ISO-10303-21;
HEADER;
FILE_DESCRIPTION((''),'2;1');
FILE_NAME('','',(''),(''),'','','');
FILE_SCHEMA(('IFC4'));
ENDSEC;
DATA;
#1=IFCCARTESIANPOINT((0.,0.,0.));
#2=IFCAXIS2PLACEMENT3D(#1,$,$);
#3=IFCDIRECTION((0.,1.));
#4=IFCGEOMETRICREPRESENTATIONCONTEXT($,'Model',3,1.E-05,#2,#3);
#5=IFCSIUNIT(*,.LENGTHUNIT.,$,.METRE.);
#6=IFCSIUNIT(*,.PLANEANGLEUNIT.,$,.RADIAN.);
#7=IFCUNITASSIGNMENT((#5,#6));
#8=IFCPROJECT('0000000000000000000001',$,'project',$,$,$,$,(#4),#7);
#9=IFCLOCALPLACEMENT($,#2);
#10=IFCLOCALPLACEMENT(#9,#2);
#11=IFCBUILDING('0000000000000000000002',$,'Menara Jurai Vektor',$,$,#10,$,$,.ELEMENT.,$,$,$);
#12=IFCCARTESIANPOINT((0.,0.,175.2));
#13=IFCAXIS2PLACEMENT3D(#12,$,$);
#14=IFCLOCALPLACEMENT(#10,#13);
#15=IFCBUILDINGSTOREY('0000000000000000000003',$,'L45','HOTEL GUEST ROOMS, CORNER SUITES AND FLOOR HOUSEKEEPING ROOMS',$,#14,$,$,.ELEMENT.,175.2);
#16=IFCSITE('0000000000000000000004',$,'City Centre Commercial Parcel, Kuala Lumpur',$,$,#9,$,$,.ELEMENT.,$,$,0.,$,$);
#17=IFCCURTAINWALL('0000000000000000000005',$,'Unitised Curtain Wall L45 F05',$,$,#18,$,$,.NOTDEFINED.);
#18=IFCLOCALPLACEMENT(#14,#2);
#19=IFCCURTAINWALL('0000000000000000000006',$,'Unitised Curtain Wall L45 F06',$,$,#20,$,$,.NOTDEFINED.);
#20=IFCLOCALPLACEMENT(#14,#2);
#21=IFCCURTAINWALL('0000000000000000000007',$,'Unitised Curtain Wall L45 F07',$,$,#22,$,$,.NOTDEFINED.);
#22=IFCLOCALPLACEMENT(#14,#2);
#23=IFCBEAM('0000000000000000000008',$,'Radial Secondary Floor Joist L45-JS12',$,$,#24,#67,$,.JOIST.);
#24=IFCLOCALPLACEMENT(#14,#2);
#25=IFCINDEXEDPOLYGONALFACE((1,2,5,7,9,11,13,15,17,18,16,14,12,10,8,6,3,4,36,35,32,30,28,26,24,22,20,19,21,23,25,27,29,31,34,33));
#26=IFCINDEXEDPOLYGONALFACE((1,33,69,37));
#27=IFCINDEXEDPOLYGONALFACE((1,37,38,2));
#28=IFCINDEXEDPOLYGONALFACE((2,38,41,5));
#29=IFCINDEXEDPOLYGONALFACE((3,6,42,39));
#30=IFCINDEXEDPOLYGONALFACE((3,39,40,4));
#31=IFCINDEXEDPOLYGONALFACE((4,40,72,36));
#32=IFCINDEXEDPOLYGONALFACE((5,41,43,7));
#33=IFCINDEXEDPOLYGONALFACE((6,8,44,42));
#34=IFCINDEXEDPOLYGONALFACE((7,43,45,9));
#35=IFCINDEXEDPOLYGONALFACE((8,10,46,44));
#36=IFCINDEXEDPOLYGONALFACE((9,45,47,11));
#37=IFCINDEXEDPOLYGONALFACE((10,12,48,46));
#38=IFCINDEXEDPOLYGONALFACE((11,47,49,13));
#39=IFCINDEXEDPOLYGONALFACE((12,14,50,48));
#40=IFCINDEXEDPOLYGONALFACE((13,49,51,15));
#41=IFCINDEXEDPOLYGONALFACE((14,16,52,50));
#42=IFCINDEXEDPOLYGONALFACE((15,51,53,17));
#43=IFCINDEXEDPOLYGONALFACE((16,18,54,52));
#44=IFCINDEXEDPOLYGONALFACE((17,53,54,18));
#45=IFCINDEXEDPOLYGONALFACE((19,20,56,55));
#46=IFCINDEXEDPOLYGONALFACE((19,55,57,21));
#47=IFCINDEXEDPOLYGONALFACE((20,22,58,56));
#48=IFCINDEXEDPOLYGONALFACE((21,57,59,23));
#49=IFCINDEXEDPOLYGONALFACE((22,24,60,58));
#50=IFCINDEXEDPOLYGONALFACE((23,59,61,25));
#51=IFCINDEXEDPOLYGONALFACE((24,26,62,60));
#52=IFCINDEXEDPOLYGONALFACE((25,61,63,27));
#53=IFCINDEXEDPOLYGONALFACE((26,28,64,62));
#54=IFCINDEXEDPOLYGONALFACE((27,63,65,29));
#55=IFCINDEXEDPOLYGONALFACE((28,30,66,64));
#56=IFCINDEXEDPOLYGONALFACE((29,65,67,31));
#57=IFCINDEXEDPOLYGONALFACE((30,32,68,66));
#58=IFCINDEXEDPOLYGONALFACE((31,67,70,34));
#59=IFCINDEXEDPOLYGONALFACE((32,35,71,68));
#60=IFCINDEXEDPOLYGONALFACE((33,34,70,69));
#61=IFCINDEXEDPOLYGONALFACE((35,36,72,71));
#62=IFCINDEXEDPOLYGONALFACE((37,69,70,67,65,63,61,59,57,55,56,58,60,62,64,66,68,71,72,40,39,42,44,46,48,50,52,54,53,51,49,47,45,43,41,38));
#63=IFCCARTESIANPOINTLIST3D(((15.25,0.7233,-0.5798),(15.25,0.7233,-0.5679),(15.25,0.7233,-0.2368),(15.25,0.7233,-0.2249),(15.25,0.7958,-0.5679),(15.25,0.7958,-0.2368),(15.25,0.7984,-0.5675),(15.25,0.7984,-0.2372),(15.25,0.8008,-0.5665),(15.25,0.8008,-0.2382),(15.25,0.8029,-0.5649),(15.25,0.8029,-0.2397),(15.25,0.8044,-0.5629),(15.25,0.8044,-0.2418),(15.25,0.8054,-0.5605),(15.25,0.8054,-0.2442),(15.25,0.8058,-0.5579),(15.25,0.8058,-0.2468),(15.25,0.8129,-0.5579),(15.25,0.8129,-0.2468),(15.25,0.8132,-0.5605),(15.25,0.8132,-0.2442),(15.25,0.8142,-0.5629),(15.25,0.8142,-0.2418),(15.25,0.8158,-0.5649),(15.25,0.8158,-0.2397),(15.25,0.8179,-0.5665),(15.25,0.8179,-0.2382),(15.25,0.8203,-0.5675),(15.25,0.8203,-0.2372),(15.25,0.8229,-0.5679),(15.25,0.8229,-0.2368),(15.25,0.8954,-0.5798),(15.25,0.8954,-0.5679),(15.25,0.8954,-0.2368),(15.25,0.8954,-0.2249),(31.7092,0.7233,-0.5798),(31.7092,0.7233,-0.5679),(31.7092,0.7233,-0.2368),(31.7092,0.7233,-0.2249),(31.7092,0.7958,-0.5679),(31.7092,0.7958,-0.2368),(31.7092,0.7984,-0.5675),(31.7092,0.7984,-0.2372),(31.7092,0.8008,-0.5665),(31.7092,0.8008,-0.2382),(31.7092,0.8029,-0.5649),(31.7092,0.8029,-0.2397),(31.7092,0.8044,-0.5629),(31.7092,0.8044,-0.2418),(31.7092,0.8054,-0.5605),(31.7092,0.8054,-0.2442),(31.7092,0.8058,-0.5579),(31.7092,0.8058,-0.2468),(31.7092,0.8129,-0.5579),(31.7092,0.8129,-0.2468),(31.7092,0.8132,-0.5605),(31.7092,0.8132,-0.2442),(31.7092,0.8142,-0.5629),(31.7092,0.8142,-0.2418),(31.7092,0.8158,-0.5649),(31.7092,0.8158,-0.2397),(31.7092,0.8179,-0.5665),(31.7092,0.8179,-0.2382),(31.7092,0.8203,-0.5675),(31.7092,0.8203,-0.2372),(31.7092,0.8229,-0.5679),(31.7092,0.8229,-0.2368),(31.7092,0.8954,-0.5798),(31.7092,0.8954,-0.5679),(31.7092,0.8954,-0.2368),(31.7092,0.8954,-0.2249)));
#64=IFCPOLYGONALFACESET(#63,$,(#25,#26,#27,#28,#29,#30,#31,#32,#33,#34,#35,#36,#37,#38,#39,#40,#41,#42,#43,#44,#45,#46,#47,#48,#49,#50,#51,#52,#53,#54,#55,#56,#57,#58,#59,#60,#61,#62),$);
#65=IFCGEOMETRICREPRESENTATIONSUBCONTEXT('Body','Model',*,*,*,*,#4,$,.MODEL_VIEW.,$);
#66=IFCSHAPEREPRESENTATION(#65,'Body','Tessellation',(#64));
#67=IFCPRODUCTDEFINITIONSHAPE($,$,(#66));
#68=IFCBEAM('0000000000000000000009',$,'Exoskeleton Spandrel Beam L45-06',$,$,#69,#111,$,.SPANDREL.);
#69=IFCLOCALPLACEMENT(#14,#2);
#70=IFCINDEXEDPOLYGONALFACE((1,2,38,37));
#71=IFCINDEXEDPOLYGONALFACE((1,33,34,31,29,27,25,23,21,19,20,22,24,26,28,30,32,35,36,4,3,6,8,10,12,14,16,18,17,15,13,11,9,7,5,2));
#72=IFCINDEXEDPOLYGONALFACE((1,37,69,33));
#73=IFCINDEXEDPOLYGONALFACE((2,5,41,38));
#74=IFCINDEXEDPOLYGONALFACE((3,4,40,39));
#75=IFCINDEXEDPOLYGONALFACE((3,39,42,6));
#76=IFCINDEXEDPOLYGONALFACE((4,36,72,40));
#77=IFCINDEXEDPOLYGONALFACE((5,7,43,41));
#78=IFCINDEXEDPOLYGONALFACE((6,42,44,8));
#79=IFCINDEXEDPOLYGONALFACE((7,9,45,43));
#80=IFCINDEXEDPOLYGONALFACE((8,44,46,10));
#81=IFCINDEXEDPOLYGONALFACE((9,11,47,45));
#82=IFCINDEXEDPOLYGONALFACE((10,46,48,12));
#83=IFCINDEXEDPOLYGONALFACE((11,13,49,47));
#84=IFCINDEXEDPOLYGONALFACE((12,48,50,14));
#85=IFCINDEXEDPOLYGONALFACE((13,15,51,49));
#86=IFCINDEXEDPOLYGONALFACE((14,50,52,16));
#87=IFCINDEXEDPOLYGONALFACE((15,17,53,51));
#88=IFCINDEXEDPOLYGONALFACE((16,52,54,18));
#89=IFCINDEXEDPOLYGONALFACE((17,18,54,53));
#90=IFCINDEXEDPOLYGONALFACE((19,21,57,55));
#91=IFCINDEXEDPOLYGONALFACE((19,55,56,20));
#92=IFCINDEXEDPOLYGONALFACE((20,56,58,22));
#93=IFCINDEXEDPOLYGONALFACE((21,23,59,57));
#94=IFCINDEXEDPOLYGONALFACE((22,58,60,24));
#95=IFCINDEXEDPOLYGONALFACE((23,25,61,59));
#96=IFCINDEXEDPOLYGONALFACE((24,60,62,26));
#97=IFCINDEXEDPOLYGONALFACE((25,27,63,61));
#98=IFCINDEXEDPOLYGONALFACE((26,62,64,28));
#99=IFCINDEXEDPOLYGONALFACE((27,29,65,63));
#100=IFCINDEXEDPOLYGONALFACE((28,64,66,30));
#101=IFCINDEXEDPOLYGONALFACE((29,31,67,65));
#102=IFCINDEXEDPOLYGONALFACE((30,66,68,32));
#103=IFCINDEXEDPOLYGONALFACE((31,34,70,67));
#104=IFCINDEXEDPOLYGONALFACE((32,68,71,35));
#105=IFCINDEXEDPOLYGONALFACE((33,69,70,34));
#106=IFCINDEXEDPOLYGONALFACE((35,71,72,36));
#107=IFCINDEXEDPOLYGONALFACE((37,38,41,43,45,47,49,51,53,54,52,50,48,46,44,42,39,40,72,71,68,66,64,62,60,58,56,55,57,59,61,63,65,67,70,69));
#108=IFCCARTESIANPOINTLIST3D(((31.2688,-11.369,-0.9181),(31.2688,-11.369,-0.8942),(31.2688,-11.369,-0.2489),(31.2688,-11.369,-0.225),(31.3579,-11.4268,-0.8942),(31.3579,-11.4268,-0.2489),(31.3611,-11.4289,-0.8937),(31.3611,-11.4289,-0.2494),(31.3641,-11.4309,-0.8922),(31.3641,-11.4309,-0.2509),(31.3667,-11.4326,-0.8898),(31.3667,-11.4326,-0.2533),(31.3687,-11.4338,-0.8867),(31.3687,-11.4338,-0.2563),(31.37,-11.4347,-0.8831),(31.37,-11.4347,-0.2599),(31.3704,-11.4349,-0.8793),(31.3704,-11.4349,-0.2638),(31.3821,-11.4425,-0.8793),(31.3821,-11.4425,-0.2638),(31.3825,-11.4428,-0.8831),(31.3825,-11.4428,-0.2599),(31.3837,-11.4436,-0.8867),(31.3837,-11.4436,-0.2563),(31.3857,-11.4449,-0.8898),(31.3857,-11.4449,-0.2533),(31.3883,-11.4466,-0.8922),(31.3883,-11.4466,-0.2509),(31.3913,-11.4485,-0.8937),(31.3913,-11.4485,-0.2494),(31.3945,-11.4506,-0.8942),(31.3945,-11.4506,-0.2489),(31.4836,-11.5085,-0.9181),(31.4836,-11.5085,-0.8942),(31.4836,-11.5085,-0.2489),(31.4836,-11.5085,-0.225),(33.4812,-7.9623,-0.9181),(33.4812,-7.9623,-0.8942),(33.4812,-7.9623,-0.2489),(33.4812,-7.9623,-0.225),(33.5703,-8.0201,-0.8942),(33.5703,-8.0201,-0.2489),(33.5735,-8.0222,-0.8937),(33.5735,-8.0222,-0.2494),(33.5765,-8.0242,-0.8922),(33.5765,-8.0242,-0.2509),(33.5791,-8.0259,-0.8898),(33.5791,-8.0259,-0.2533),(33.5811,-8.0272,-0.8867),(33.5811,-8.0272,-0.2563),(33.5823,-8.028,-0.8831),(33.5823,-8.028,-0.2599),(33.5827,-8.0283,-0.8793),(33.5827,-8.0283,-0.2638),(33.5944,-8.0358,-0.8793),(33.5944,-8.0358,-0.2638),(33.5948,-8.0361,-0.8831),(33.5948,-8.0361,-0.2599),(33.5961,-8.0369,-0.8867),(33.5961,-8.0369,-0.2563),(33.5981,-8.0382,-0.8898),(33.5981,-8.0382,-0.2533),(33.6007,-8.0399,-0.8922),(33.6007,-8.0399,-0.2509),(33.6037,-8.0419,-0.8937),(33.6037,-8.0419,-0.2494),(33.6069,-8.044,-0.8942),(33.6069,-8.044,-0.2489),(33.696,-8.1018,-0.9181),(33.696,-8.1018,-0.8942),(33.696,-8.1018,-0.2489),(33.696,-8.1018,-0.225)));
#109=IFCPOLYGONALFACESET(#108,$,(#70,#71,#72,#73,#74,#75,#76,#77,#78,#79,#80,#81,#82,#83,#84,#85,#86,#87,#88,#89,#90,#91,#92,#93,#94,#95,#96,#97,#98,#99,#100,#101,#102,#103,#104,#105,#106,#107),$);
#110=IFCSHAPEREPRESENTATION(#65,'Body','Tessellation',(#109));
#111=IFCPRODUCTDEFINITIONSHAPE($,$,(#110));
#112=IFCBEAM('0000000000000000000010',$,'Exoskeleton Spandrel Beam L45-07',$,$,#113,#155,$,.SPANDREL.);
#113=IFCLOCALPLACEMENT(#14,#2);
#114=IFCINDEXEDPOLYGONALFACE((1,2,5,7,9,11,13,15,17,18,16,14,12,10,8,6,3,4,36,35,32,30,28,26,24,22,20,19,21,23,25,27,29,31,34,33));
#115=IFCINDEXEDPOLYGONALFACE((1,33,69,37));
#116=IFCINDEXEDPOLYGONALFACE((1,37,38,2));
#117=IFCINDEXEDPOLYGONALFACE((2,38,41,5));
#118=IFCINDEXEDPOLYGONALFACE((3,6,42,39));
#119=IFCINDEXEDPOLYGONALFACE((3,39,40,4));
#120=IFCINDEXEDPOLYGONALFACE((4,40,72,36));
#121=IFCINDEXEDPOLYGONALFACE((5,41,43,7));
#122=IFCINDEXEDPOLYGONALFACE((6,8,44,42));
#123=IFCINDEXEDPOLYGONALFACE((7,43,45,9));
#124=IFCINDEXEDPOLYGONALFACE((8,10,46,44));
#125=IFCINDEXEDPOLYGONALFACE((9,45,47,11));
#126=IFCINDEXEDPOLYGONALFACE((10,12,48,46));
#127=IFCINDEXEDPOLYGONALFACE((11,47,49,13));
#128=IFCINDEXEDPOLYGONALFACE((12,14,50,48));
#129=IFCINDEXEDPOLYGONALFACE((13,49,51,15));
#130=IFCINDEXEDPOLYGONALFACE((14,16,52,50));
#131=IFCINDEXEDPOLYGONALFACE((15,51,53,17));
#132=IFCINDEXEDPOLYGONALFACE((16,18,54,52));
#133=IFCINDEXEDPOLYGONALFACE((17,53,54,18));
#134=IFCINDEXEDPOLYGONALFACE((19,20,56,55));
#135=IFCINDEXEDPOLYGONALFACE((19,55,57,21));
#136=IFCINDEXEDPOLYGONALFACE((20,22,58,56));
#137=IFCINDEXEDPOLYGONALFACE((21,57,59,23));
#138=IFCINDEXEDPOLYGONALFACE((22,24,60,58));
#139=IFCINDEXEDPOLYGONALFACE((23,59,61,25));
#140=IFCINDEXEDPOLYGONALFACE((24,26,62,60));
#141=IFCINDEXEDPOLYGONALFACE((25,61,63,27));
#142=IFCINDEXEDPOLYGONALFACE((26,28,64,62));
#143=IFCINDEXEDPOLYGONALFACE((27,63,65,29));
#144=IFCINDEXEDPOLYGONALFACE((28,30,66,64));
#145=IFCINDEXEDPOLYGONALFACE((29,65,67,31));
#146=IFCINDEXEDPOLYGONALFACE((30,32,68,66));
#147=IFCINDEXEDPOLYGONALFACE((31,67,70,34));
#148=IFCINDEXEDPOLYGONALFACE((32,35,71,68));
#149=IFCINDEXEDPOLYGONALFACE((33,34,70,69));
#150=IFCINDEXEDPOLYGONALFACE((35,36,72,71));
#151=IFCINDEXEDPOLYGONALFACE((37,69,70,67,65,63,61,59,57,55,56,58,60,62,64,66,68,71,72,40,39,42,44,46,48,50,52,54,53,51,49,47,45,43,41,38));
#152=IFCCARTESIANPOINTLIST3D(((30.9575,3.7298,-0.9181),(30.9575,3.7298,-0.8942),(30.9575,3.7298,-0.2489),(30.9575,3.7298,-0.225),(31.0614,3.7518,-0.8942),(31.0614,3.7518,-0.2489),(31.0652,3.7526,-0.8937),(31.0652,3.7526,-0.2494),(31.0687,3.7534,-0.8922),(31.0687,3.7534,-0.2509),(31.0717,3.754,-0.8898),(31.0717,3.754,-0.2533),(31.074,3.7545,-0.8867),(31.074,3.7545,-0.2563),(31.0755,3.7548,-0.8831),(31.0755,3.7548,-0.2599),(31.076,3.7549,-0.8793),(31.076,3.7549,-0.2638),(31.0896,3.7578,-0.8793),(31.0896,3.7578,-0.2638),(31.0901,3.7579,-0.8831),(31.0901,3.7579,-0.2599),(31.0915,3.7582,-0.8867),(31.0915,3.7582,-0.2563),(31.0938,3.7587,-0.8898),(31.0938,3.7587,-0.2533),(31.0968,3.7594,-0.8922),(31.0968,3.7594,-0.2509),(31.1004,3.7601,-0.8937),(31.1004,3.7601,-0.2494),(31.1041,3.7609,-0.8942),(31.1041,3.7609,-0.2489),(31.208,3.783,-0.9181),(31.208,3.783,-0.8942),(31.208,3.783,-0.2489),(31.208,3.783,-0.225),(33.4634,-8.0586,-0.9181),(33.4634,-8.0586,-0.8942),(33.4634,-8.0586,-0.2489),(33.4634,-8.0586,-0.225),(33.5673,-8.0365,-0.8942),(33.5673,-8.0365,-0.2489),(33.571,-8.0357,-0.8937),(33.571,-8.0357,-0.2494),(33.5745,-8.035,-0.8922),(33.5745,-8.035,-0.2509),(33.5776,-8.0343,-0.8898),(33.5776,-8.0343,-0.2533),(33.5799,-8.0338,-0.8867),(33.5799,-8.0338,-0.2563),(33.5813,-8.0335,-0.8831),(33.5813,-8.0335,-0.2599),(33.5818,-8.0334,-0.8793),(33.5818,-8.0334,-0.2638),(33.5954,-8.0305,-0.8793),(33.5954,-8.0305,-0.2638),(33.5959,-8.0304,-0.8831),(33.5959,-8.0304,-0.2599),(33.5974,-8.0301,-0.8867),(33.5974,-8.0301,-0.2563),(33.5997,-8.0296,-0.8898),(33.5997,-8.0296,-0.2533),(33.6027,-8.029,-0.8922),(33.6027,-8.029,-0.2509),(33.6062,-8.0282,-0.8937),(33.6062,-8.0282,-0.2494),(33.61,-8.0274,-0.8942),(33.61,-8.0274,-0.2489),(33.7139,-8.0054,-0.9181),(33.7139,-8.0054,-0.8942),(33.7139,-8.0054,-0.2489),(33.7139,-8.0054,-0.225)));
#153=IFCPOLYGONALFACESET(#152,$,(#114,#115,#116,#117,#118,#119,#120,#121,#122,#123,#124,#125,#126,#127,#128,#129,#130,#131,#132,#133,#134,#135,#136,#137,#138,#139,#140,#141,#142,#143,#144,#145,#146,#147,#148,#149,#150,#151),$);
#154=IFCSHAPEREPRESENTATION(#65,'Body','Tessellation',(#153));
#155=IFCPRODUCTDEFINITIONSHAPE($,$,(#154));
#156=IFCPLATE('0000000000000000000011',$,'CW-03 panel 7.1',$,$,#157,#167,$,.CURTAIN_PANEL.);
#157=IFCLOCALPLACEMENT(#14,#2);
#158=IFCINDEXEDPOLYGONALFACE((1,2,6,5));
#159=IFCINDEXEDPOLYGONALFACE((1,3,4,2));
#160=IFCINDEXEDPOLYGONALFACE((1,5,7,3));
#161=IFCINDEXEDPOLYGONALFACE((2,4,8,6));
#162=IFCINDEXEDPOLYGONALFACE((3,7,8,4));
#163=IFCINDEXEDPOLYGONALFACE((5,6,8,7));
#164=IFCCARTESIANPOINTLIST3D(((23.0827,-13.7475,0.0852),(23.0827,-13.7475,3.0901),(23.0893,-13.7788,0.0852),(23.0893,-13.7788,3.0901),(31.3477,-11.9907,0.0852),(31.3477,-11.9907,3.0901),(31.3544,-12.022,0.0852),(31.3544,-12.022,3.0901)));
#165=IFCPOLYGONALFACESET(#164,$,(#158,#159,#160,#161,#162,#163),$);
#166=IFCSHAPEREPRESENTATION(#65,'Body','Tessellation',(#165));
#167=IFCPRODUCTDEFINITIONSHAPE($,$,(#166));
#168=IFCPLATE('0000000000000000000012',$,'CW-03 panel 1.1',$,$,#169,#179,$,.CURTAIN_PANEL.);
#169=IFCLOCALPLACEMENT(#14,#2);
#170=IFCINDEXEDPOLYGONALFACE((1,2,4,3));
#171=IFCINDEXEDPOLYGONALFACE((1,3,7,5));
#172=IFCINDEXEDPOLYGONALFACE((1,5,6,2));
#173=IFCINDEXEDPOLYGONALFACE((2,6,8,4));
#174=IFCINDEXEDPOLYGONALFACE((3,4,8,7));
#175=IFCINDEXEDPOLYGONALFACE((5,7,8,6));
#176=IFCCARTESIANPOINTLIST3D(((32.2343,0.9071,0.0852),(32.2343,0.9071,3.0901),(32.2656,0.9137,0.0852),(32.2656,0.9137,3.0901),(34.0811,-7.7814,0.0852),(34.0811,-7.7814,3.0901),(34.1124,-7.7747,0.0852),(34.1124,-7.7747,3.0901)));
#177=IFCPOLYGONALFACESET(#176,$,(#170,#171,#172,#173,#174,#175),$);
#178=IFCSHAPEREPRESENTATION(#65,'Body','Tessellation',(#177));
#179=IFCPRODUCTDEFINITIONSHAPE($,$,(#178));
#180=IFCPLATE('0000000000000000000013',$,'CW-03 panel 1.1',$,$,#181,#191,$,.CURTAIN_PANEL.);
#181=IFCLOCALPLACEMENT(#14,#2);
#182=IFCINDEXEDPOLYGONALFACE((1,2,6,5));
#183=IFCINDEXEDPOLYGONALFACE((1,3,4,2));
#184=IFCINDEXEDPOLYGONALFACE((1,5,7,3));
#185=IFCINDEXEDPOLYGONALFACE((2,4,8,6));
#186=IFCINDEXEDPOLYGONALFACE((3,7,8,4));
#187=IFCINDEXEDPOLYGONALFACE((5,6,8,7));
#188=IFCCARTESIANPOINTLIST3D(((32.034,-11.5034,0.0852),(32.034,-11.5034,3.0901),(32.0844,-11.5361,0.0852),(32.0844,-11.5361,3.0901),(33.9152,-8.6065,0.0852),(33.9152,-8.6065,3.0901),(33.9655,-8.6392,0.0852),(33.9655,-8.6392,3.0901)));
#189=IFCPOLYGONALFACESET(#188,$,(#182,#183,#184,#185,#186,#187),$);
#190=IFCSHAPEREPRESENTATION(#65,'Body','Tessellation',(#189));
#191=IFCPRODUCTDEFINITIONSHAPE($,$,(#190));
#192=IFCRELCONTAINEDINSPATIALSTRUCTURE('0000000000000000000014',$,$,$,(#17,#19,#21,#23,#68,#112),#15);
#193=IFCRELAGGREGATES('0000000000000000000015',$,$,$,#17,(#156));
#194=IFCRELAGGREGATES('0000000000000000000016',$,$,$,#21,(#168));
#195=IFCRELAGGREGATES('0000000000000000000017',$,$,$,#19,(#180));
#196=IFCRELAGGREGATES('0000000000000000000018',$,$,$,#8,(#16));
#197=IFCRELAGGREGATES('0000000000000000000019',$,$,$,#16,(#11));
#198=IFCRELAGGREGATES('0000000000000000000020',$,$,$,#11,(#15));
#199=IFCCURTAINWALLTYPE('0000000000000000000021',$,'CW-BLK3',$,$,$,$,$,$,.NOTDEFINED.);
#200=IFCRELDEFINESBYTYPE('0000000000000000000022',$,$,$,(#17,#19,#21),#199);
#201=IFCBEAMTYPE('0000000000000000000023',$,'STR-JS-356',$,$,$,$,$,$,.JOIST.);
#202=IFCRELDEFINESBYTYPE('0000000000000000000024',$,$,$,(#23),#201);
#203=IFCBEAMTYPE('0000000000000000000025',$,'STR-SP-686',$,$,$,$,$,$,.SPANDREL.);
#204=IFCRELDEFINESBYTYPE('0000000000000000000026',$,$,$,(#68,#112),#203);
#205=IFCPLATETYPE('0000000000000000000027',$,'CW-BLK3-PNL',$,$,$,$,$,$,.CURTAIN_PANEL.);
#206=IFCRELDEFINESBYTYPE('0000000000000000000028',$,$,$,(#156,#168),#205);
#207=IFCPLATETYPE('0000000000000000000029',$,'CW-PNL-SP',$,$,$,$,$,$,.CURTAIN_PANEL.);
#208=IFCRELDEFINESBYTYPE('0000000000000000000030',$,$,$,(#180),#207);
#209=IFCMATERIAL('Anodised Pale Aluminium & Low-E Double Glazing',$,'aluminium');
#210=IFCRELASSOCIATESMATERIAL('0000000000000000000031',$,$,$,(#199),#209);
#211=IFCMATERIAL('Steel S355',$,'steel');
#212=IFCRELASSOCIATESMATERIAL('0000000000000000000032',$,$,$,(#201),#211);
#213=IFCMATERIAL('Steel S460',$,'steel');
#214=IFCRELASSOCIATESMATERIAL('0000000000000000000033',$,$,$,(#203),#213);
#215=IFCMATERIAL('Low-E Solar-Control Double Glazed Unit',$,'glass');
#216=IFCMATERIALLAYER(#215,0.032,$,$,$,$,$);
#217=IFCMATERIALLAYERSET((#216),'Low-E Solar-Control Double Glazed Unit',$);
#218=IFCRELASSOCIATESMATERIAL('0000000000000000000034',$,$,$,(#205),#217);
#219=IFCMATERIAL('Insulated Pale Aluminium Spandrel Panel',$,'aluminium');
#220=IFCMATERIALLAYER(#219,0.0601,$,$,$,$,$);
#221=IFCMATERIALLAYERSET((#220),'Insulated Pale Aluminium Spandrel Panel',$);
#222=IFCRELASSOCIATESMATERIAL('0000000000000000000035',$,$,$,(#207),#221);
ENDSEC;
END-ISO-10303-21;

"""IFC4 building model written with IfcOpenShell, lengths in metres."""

from ifc_helpers import new_model, si_unit, direction, frame, origin, origin_2d, place, context, subcontext, project, spatial, rectangle, i_section, extrude, material, layer, layer_set, material_profile, profile_set, type_object, element, aggregate, save


model = new_model("IFC4")

# Units and contexts
model_context = context("Model", 3, precision=1e-05, world=origin(), true_north=direction((0.0, 1.0)))
body_context = subcontext(model_context, "Body", "Model", "MODEL_VIEW")
ifc_project = project(units=[si_unit("LENGTHUNIT", "METRE"), si_unit("PLANEANGLEUNIT", "RADIAN")], contexts=[model_context])

# Site, building, storey
site_placement = place(None, origin())
site = spatial("IfcSite", under=ifc_project, at=site_placement, Name="City Centre Commercial Parcel, Kuala Lumpur", CompositionType="ELEMENT", RefElevation=0.0)
building_placement = place(site_placement, origin())
building = spatial("IfcBuilding", under=site, at=building_placement, Name="Menara Jurai Vektor", CompositionType="ELEMENT")
storey_placement = place(building_placement, frame((0.0, 0.0, 175.2)))
storey = spatial("IfcBuildingStorey", under=building, at=storey_placement, Name="L45", Description="HOTEL GUEST ROOMS, CORNER SUITES AND FLOOR HOUSEKEEPING ROOMS", CompositionType="ELEMENT", Elevation=175.2)

# Shared definitions
ifc_material_1 = material(Name="Steel S460", Category="steel")

# Curtain wall
ifc_material_2 = material(Name="Anodised Pale Aluminium & Low-E Double Glazing", Category="aluminium")
curtain_wall_type = type_object("IfcCurtainWallType", Name="CW-BLK3", PredefinedType="NOTDEFINED", material=ifc_material_2)
curtain_wall_1_placement = place(storey_placement, origin())
curtain_wall_1 = element("IfcCurtainWall", 1, at=curtain_wall_1_placement, inside=storey, type_object=curtain_wall_type, Name="Unitised Curtain Wall L45 F05", PredefinedType="NOTDEFINED")

# Curtain walls
curtain_wall_2_placement = place(storey_placement, origin())
curtain_wall_2 = element("IfcCurtainWall", 2, at=curtain_wall_2_placement, inside=storey, type_object=curtain_wall_type, Name="Unitised Curtain Wall L45 F06", PredefinedType="NOTDEFINED")
curtain_wall_3_placement = place(storey_placement, origin())
curtain_wall_3 = element("IfcCurtainWall", 3, at=curtain_wall_3_placement, inside=storey, type_object=curtain_wall_type, Name="Unitised Curtain Wall L45 F07", PredefinedType="NOTDEFINED")

# Shared definitions
ifc_material_3 = material(Name="Steel S355", Category="steel")

# Beams
ifc_material_profile_1 = material_profile(ifc_material_3, i_section(OverallWidth=0.1721, OverallDepth=0.355, WebThickness=0.0071, FlangeThickness=0.012, FilletRadius=0.01, at=origin_2d()), Name="UKB 356x171x51")
ifc_profile_set_1 = profile_set([ifc_material_profile_1], Name="Steel S355")
beam_type_1 = type_object("IfcBeamType", Name="STR-JS-356", PredefinedType="JOIST", material=ifc_profile_set_1)
beam_1_placement = place(storey_placement, frame((31.7092, 0.8093, -0.4023), z_axis=(-1.0, 0.0, 0.0), x_axis=(0.0, -1.0, 0.0)))
element("IfcBeam", 4, at=beam_1_placement, inside=storey, type_object=beam_type_1, Name="Radial Secondary Floor Joist L45-JS12", PredefinedType="JOIST", context=body_context, shape_type="SweptSolid", body=[
    extrude(i_section(OverallWidth=0.1721, OverallDepth=0.355, WebThickness=0.0071, FlangeThickness=0.012, FilletRadius=0.01, at=origin_2d()), origin(), (0.0, 0.0, 1.0), 16.4592),
])
ifc_material_profile_2 = material_profile(ifc_material_1, i_section(OverallWidth=0.2561, OverallDepth=0.6931, WebThickness=0.0139, FlangeThickness=0.0239, FilletRadius=0.0149, at=origin_2d()), Name="UKB 686x254x170")
ifc_profile_set_2 = profile_set([ifc_material_profile_2], Name="Steel S460")
beam_type_2 = type_object("IfcBeamType", Name="STR-SP-686", PredefinedType="SPANDREL", material=ifc_profile_set_2)
beam_2_placement = place(storey_placement, frame((31.3762, -11.4387, -0.5715), z_axis=(0.544646, 0.838666, 0.0), x_axis=(-0.838666, 0.544646, 0.0)))
element("IfcBeam", 5, at=beam_2_placement, inside=storey, type_object=beam_type_2, Name="Exoskeleton Spandrel Beam L45-06", PredefinedType="SPANDREL", context=body_context, shape_type="SweptSolid", body=[
    extrude(i_section(OverallWidth=0.2561, OverallDepth=0.6931, WebThickness=0.0139, FlangeThickness=0.0239, FilletRadius=0.0149, at=origin_2d()), origin(), (0.0, 0.0, 1.0), 4.062),
])
beam_3_placement = place(storey_placement, frame((33.5886, -8.032, -0.5715), z_axis=(-0.207925, 0.978145, 0.0), x_axis=(-0.978145, -0.207925, 0.0)))
element("IfcBeam", 6, at=beam_3_placement, inside=storey, type_object=beam_type_2, Name="Exoskeleton Spandrel Beam L45-07", PredefinedType="SPANDREL", context=body_context, shape_type="SweptSolid", body=[
    extrude(i_section(OverallWidth=0.2561, OverallDepth=0.6931, WebThickness=0.0139, FlangeThickness=0.0239, FilletRadius=0.0149, at=origin_2d()), origin(), (0.0, 0.0, 1.0), 12.0518),
])

# Plates
ifc_material_4 = material(Name="Low-E Solar-Control Double Glazed Unit", Category="glass")
ifc_layer_1 = layer(ifc_material_4, 0.032)
ifc_layer_set_1 = layer_set([ifc_layer_1], Name="Low-E Solar-Control Double Glazed Unit")
plate_type_1 = type_object("IfcPlateType", Name="CW-BLK3-PNL", PredefinedType="CURTAIN_PANEL", material=ifc_layer_set_1)
plate_1_placement = place(storey_placement, frame((27.2185, -12.8848, 0.0852), z_axis=(0.0, 0.0, 1.0), x_axis=(0.978148, 0.207911, 0.0)))
plate_1 = element("IfcPlate", 7, at=plate_1_placement, type_object=plate_type_1, Name="CW-03 panel 7.1", PredefinedType="CURTAIN_PANEL", context=body_context, shape_type="SweptSolid", body=[
    extrude(rectangle(XDim=8.4497, YDim=0.032, at=origin_2d()), origin(), (0.0, 0.0, 1.0), 3.0049),
])
aggregate(curtain_wall_1, [plate_1])
plate_2_placement = place(storey_placement, frame((33.1733, -3.4338, 0.0852), z_axis=(0.0, 0.0, 1.0), x_axis=(-0.20791, 0.978148, 0.0)))
plate_2 = element("IfcPlate", 8, at=plate_2_placement, type_object=plate_type_1, Name="CW-03 panel 1.1", PredefinedType="CURTAIN_PANEL", context=body_context, shape_type="SweptSolid", body=[
    extrude(rectangle(XDim=8.8826, YDim=0.032, at=origin_2d()), origin(), (0.0, 0.0, 1.0), 3.0049),
])
aggregate(curtain_wall_3, [plate_2])
ifc_material_5 = material(Name="Insulated Pale Aluminium Spandrel Panel", Category="aluminium")
ifc_layer_2 = layer(ifc_material_5, 0.0601)
ifc_layer_set_2 = layer_set([ifc_layer_2], Name="Insulated Pale Aluminium Spandrel Panel")
plate_type_2 = type_object("IfcPlateType", Name="CW-PNL-SP", PredefinedType="CURTAIN_PANEL", material=ifc_layer_set_2)
plate_3_placement = place(storey_placement, frame((32.9998, -10.0713, 0.0852), z_axis=(0.0, 0.0, 1.0), x_axis=(0.544618, 0.838684, 0.0)))
plate_3 = element("IfcPlate", 9, at=plate_3_placement, type_object=plate_type_2, Name="CW-03 panel 1.1", PredefinedType="CURTAIN_PANEL", context=body_context, shape_type="SweptSolid", body=[
    extrude(rectangle(XDim=3.4541, YDim=0.0601, at=origin_2d()), origin(), (0.0, 0.0, 1.0), 3.0049),
])
aggregate(curtain_wall_2, [plate_3])

save(model, "model.ifc")
